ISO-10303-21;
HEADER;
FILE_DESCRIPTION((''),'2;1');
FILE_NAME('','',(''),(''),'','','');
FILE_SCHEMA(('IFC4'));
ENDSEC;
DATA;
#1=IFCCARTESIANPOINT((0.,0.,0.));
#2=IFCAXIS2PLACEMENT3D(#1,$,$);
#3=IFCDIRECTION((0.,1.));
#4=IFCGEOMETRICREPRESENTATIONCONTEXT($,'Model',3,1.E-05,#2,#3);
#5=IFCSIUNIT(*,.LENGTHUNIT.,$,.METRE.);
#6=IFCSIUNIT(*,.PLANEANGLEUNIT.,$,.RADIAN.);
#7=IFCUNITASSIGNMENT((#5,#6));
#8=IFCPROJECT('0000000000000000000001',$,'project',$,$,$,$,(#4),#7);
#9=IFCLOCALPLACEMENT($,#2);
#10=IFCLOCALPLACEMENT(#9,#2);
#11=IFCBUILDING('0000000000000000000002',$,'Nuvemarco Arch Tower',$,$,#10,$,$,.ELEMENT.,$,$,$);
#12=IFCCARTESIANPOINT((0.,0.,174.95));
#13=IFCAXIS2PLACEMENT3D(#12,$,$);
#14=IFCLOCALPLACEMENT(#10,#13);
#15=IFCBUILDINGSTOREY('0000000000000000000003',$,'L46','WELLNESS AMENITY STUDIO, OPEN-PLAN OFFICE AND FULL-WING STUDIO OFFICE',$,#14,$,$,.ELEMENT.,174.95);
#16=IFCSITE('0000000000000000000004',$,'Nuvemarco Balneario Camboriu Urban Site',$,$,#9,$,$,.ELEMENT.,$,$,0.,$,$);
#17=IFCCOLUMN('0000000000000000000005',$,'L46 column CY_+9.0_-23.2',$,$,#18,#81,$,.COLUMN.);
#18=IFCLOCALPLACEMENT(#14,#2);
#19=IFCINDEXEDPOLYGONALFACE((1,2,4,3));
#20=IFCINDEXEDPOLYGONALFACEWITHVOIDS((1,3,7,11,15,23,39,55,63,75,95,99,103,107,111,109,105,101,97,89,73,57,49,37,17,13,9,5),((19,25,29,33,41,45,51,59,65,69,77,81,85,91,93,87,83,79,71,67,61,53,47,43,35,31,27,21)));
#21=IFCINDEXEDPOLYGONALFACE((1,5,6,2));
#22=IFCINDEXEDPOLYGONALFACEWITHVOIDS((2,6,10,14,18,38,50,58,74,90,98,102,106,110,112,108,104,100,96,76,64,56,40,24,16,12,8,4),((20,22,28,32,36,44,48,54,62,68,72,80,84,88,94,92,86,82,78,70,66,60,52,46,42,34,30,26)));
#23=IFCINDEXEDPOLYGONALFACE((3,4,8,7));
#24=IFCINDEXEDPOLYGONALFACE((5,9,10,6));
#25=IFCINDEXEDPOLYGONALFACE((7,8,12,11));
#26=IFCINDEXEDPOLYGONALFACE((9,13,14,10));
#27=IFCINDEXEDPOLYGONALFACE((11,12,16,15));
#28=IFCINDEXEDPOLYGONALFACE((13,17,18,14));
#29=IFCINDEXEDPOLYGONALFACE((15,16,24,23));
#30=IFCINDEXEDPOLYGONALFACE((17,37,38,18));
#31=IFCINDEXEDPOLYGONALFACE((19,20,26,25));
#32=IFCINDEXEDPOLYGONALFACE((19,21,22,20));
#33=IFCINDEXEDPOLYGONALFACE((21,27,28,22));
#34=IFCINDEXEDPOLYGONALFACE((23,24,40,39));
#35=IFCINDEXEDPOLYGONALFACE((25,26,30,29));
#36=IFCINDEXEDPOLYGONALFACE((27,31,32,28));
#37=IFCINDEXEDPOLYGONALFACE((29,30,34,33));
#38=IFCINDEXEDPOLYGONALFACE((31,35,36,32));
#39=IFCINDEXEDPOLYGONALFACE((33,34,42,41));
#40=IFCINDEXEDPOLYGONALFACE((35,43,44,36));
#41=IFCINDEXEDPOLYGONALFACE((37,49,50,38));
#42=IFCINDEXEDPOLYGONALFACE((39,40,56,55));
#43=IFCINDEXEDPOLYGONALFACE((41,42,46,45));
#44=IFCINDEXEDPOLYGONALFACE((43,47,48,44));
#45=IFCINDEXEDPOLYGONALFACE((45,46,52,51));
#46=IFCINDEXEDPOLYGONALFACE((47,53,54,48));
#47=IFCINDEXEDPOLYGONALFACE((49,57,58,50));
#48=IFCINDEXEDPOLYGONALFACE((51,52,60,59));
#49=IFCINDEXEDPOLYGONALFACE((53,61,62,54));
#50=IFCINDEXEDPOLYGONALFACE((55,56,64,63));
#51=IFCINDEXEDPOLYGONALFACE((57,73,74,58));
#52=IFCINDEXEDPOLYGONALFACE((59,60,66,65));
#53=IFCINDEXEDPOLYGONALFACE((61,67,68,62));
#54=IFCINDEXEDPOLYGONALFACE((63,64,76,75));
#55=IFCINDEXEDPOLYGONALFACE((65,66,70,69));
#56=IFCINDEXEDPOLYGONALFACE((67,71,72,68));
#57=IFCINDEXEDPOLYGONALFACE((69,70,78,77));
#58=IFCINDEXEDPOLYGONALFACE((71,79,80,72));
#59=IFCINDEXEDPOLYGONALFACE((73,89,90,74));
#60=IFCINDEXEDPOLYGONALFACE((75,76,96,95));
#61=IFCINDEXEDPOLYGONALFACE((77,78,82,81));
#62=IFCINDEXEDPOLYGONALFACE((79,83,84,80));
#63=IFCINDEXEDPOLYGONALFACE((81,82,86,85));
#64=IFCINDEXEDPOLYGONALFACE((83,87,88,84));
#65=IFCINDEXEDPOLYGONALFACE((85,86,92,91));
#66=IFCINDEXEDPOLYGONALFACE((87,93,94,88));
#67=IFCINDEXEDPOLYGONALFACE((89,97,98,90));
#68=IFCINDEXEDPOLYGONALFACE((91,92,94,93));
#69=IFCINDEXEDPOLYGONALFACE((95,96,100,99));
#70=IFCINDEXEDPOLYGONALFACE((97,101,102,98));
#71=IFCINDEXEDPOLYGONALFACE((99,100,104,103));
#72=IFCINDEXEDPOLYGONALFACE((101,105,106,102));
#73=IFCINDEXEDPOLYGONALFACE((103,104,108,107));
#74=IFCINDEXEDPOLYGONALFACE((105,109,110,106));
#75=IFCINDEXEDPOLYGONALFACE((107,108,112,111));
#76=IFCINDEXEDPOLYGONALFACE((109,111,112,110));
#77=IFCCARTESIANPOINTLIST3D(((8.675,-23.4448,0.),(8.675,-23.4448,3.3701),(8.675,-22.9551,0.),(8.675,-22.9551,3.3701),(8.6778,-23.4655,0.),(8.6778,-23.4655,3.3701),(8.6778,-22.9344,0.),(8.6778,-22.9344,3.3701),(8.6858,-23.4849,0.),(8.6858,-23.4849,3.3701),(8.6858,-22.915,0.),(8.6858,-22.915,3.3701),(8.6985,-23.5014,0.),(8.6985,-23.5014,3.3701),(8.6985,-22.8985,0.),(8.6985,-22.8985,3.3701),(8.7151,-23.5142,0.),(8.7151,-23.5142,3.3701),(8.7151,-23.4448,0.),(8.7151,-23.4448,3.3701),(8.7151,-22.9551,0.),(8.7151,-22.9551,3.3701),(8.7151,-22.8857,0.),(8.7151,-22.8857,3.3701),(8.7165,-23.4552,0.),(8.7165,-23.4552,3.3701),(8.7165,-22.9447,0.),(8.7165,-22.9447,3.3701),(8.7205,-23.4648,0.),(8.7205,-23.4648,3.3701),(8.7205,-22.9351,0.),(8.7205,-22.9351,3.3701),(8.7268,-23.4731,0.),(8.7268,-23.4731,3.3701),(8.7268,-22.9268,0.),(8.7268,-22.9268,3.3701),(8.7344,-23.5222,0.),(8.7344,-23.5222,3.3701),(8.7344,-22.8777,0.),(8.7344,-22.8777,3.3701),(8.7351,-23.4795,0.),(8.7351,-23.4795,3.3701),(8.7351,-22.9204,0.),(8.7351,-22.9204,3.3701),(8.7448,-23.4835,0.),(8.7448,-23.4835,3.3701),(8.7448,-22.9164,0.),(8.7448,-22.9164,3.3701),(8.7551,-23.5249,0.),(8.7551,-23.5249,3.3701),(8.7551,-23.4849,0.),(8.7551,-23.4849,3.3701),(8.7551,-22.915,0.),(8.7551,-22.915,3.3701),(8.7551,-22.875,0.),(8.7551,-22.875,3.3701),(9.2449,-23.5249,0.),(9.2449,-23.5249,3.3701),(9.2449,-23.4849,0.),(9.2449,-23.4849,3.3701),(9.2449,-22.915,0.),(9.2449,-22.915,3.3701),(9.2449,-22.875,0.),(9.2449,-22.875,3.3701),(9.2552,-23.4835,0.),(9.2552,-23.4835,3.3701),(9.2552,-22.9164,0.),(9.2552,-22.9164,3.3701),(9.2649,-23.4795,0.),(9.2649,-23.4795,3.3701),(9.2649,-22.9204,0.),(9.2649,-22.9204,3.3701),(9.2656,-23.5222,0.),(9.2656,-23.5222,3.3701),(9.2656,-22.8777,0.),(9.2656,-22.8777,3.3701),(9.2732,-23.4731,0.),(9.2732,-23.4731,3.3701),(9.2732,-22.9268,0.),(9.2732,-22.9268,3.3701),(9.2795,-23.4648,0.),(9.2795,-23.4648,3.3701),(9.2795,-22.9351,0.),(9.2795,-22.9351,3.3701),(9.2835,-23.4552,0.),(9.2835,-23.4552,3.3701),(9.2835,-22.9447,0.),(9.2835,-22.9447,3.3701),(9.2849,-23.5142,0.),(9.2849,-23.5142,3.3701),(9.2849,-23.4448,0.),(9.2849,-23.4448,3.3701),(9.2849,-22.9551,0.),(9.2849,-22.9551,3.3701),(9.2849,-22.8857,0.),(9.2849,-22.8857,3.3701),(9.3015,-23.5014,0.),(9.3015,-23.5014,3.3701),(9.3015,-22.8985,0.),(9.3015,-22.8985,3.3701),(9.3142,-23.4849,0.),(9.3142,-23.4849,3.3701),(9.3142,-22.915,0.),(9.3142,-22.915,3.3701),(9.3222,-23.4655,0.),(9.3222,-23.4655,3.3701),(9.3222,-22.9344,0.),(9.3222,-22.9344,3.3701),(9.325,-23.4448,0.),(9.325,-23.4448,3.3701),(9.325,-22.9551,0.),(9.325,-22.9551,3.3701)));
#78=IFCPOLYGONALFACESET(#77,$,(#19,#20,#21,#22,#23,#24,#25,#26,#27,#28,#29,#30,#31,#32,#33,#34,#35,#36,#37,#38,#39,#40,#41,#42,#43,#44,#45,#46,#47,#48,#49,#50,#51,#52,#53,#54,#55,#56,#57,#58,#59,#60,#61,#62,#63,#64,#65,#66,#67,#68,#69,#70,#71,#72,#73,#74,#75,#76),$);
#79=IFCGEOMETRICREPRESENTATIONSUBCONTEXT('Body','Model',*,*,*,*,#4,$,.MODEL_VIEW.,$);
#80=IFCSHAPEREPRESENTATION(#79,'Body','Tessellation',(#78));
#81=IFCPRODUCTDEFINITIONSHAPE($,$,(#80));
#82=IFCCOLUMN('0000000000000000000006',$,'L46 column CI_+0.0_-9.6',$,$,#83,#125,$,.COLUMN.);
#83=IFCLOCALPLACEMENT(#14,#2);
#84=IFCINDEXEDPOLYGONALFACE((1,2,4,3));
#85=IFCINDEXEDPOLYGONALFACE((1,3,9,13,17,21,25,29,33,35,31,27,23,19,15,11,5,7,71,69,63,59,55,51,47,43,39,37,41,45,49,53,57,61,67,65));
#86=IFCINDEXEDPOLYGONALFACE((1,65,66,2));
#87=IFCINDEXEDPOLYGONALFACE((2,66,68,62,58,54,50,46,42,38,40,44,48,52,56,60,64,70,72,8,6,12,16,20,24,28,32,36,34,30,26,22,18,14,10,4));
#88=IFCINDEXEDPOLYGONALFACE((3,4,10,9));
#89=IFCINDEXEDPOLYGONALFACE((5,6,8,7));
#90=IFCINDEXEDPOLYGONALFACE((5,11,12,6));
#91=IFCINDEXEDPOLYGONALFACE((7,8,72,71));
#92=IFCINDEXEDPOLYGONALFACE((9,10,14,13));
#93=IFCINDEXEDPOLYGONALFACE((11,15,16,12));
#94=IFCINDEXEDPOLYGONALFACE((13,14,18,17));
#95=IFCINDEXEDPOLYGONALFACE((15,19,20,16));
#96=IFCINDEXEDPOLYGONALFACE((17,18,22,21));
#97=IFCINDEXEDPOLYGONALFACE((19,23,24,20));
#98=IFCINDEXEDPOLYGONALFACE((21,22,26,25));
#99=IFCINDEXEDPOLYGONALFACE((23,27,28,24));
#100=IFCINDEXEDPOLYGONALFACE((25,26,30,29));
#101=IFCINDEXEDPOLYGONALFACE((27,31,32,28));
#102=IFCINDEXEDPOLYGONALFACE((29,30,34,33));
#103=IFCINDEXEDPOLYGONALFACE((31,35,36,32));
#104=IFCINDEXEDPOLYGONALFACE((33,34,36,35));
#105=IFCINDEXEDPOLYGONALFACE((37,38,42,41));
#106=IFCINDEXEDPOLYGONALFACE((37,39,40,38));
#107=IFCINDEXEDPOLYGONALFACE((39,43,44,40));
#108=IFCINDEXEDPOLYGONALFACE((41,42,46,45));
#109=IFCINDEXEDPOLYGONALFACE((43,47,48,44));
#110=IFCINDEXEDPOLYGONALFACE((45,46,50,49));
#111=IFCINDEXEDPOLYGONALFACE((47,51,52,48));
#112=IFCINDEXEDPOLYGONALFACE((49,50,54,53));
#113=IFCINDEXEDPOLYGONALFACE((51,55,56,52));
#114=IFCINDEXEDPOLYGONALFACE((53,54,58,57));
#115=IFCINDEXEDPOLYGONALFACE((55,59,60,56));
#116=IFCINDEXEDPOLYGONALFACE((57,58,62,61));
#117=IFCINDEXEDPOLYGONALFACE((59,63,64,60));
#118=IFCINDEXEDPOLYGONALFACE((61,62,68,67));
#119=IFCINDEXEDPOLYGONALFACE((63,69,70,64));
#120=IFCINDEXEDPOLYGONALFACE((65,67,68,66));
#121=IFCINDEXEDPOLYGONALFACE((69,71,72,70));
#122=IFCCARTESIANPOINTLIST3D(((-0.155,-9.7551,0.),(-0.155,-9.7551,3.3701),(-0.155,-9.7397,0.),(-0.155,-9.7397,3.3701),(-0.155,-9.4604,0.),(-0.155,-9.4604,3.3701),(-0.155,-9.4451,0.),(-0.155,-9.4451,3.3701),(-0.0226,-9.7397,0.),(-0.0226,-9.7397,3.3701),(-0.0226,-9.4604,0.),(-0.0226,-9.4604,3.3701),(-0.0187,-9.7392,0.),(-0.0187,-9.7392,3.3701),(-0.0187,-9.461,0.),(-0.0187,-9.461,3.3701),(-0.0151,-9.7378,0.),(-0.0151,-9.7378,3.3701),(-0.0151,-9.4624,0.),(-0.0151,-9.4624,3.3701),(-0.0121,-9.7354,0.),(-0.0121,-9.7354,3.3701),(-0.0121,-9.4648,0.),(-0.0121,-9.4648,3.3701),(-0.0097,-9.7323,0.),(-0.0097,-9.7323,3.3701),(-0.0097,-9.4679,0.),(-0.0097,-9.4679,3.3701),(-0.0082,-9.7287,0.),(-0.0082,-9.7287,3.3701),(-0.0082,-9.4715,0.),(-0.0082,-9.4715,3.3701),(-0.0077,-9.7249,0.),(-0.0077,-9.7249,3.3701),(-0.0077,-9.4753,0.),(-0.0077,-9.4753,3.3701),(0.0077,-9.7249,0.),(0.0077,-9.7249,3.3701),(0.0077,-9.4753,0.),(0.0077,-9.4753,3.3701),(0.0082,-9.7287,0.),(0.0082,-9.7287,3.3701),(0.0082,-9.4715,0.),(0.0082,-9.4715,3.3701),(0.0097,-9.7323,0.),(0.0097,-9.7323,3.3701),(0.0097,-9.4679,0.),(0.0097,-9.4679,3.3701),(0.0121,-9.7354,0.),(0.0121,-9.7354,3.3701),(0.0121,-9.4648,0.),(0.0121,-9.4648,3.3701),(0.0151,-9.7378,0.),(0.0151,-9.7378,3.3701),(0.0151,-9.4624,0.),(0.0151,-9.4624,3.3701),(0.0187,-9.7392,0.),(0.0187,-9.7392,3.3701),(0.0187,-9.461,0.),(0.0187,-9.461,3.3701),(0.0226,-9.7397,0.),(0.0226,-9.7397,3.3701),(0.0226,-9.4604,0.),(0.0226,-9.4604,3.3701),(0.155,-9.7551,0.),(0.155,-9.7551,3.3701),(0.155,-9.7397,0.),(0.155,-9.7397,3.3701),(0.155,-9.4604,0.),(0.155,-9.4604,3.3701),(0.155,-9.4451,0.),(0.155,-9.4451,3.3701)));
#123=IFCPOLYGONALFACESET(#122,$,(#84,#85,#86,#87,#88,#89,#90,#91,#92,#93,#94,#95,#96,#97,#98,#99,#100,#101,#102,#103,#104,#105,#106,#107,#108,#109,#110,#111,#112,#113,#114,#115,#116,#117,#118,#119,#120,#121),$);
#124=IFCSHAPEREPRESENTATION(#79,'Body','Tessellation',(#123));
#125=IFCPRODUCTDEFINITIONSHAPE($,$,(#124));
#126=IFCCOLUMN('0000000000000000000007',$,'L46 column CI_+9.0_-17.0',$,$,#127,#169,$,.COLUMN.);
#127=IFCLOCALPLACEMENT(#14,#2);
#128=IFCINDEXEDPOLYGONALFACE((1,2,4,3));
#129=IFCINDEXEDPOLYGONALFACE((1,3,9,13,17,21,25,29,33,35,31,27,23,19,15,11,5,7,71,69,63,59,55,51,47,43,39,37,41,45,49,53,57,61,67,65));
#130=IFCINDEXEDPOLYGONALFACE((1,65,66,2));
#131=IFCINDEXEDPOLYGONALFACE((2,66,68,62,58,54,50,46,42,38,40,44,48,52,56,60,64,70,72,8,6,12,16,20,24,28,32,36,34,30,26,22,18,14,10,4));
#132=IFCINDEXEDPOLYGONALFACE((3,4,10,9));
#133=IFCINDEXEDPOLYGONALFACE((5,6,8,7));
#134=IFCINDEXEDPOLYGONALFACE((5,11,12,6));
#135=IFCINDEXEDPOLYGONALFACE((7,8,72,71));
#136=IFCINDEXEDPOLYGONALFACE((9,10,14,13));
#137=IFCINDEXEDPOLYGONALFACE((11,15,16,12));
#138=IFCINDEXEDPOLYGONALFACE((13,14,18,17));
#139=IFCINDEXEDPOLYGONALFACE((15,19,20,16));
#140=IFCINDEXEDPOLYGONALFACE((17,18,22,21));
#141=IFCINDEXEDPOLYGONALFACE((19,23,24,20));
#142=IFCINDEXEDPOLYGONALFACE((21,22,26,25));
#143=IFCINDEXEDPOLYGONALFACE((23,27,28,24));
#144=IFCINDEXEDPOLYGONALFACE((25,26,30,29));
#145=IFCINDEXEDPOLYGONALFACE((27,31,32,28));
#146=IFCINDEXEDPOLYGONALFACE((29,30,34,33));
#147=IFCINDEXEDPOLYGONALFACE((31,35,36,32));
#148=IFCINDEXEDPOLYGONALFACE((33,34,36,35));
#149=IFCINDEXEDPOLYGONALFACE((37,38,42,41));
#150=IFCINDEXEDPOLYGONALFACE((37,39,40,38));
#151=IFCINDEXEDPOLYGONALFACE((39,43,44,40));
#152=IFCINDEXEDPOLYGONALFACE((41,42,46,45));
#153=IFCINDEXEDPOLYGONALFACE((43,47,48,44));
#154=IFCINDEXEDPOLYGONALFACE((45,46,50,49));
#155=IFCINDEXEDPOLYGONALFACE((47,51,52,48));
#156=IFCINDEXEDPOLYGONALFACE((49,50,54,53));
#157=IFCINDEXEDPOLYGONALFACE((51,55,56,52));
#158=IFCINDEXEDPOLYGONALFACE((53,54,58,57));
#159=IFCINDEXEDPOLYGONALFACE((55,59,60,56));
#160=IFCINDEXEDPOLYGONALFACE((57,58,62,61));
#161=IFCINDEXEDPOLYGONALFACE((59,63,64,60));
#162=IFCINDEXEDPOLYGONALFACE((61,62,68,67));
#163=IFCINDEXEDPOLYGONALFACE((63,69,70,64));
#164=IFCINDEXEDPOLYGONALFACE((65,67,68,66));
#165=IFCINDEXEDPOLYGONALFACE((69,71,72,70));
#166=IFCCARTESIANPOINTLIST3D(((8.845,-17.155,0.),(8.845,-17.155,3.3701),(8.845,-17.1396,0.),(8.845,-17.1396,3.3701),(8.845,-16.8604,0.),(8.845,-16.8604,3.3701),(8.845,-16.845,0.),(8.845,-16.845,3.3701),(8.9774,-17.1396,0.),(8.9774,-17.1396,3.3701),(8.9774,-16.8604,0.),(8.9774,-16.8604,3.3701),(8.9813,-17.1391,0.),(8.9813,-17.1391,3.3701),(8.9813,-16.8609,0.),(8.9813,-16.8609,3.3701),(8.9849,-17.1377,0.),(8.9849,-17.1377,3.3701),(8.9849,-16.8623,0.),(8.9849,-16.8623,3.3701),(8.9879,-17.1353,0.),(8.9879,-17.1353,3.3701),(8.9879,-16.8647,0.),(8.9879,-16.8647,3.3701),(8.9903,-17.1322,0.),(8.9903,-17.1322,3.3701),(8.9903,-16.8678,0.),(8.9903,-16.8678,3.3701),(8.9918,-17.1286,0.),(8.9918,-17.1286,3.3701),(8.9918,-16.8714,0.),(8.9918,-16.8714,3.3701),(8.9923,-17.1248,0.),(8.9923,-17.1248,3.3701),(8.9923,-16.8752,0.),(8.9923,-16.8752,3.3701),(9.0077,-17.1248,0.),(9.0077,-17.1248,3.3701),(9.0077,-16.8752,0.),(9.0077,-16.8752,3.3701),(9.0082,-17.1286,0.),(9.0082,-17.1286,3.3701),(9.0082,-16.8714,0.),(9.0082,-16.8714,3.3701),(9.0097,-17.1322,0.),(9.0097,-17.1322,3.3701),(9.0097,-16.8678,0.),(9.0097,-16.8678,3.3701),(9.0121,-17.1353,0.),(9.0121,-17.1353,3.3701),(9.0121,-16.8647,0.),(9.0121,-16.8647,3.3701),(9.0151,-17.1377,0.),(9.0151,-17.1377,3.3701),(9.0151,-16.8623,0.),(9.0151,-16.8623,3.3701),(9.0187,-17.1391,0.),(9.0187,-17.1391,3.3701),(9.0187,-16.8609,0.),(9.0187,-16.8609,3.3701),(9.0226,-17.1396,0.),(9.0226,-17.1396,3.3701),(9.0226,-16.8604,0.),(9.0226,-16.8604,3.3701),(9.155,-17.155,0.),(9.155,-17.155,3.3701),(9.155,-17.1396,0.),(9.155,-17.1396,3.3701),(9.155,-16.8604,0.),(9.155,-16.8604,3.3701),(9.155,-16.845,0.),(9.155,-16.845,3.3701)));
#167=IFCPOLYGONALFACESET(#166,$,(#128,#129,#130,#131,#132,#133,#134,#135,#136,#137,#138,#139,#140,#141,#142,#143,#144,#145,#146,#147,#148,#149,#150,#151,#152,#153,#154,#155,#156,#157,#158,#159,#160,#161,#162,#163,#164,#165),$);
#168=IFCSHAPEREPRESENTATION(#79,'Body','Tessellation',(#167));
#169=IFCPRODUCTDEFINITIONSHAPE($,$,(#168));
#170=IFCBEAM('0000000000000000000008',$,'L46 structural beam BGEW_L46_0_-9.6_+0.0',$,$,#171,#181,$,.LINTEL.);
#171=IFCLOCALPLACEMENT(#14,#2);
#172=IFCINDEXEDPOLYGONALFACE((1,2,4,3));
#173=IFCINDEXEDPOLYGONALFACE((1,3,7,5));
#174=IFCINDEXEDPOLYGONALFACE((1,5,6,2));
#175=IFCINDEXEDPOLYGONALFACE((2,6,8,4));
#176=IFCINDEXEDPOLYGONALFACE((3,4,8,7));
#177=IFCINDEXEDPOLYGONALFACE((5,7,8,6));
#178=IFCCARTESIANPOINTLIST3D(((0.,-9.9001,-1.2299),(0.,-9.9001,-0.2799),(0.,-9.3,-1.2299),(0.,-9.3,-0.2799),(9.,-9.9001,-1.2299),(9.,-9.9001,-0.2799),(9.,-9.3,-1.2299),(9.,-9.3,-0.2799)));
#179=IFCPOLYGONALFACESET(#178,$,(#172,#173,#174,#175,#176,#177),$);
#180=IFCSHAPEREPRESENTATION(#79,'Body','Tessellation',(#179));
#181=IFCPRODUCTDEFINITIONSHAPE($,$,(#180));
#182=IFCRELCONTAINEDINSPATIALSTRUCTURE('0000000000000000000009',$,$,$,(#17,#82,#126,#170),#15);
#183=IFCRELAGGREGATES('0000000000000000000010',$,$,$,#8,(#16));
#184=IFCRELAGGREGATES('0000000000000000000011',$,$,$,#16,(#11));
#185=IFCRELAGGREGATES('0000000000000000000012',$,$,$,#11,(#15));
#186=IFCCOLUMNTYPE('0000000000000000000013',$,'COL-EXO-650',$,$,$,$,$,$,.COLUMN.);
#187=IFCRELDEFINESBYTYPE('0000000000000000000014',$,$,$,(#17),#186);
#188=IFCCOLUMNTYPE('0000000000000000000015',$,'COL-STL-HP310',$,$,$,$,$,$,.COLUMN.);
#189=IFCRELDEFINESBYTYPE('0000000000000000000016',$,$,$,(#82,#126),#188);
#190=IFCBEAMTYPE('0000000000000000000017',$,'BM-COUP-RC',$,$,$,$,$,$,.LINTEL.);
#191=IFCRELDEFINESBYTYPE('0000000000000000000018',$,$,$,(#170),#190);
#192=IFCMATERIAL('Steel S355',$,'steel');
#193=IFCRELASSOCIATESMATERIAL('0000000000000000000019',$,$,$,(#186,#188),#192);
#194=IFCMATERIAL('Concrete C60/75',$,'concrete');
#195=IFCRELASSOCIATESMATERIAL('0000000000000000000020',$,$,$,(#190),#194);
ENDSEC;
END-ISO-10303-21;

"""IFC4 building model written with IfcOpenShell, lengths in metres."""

from ifc_helpers import new_model, si_unit, direction, frame, origin, origin_2d, place, context, subcontext, project, spatial, rectangle, hollow_rectangle, i_section, extrude, material, material_profile, profile_set, type_object, element, save


model = new_model("IFC4")

# Units and contexts
model_context = context("Model", 3, precision=1e-05, world=origin(), true_north=direction((0.0, 1.0)))
body_context = subcontext(model_context, "Body", "Model", "MODEL_VIEW")
ifc_project = project(units=[si_unit("LENGTHUNIT", "METRE"), si_unit("PLANEANGLEUNIT", "RADIAN")], contexts=[model_context])

# Site, building, storey
site_placement = place(None, origin())
site = spatial("IfcSite", under=ifc_project, at=site_placement, Name="Nuvemarco Balneario Camboriu Urban Site", CompositionType="ELEMENT", RefElevation=0.0)
building_placement = place(site_placement, origin())
building = spatial("IfcBuilding", under=site, at=building_placement, Name="Nuvemarco Arch Tower", CompositionType="ELEMENT")
storey_placement = place(building_placement, frame((0.0, 0.0, 174.95)))
storey = spatial("IfcBuildingStorey", under=building, at=storey_placement, Name="L46", Description="WELLNESS AMENITY STUDIO, OPEN-PLAN OFFICE AND FULL-WING STUDIO OFFICE", CompositionType="ELEMENT", Elevation=174.95)

# Columns
ifc_material_1 = material(Name="Steel S355", Category="steel")
ifc_material_profile_1 = material_profile(ifc_material_1, hollow_rectangle(XDim=0.6499, YDim=0.6499, WallThickness=0.04, InnerFilletRadius=0.04, OuterFilletRadius=0.0801, at=origin_2d()), Name="SHS650x650x40")
ifc_profile_set_1 = profile_set([ifc_material_profile_1], Name="Steel S355")
column_type_1 = type_object("IfcColumnType", Name="COL-EXO-650", PredefinedType="COLUMN", material=ifc_profile_set_1)
column_placement = place(storey_placement, frame((9.0, -23.2, 0.0), z_axis=(0.0, 0.0, 1.0), x_axis=(1.0, 0.0, 0.0)))
element("IfcColumn", 1, at=column_placement, inside=storey, type_object=column_type_1, Name="L46 column CY_+9.0_-23.2", PredefinedType="COLUMN", context=body_context, shape_type="SweptSolid", body=[
    extrude(hollow_rectangle(XDim=0.6499, YDim=0.6499, WallThickness=0.04, InnerFilletRadius=0.04, OuterFilletRadius=0.0801, at=origin_2d()), origin(), (0.0, 0.0, 1.0), 3.3701),
])
ifc_material_profile_2 = material_profile(ifc_material_1, i_section(OverallWidth=0.3101, OverallDepth=0.3101, WebThickness=0.0154, FlangeThickness=0.0154, FilletRadius=0.0149, at=origin_2d()), Name="HP310x110")
ifc_profile_set_2 = profile_set([ifc_material_profile_2], Name="Steel S355")
column_type_2 = type_object("IfcColumnType", Name="COL-STL-HP310", PredefinedType="COLUMN", material=ifc_profile_set_2)
for number, where, z_axis, x_axis, name in (
    (2, (0.0, -9.6001, 0.0), (0.0, 0.0, 1.0), (1.0, 0.0, 0.0), "L46 column CI_+0.0_-9.6"),
    (3, (9.0, -17.0, 0.0), (0.0, 0.0, 1.0), (1.0, 0.0, 0.0), "L46 column CI_+9.0_-17.0"),
):
    element("IfcColumn", number, at=place(storey_placement, frame(where, z_axis=z_axis, x_axis=x_axis)), inside=storey, type_object=column_type_2, Name=name, PredefinedType="COLUMN", context=body_context, shape_type="SweptSolid", body=[
        extrude(i_section(OverallWidth=0.3101, OverallDepth=0.3101, WebThickness=0.0154, FlangeThickness=0.0154, FilletRadius=0.0149, at=origin_2d()), origin(), (0.0, 0.0, 1.0), 3.3701),
    ])

# Beam
ifc_material_2 = material(Name="Concrete C60/75", Category="concrete")
ifc_material_profile_3 = material_profile(ifc_material_2, rectangle(XDim=0.6001, YDim=0.95, at=origin_2d()), Name="RC-BM-600x950")
ifc_profile_set_3 = profile_set([ifc_material_profile_3], Name="Concrete C60/75")
beam_type_1 = type_object("IfcBeamType", Name="BM-COUP-RC", PredefinedType="LINTEL", material=ifc_profile_set_3)
beam_1_placement = place(storey_placement, frame((0.0, -9.6001, -0.7549), z_axis=(1.0, 0.0, 0.0), x_axis=(0.0, 1.0, 0.0)))
element("IfcBeam", 4, at=beam_1_placement, inside=storey, type_object=beam_type_1, Name="L46 structural beam BGEW_L46_0_-9.6_+0.0", PredefinedType="LINTEL", context=body_context, shape_type="SweptSolid", body=[
    extrude(rectangle(XDim=0.6001, YDim=0.95, at=origin_2d()), origin(), (0.0, 0.0, 1.0), 9.0),
])

save(model, "model.ifc")
